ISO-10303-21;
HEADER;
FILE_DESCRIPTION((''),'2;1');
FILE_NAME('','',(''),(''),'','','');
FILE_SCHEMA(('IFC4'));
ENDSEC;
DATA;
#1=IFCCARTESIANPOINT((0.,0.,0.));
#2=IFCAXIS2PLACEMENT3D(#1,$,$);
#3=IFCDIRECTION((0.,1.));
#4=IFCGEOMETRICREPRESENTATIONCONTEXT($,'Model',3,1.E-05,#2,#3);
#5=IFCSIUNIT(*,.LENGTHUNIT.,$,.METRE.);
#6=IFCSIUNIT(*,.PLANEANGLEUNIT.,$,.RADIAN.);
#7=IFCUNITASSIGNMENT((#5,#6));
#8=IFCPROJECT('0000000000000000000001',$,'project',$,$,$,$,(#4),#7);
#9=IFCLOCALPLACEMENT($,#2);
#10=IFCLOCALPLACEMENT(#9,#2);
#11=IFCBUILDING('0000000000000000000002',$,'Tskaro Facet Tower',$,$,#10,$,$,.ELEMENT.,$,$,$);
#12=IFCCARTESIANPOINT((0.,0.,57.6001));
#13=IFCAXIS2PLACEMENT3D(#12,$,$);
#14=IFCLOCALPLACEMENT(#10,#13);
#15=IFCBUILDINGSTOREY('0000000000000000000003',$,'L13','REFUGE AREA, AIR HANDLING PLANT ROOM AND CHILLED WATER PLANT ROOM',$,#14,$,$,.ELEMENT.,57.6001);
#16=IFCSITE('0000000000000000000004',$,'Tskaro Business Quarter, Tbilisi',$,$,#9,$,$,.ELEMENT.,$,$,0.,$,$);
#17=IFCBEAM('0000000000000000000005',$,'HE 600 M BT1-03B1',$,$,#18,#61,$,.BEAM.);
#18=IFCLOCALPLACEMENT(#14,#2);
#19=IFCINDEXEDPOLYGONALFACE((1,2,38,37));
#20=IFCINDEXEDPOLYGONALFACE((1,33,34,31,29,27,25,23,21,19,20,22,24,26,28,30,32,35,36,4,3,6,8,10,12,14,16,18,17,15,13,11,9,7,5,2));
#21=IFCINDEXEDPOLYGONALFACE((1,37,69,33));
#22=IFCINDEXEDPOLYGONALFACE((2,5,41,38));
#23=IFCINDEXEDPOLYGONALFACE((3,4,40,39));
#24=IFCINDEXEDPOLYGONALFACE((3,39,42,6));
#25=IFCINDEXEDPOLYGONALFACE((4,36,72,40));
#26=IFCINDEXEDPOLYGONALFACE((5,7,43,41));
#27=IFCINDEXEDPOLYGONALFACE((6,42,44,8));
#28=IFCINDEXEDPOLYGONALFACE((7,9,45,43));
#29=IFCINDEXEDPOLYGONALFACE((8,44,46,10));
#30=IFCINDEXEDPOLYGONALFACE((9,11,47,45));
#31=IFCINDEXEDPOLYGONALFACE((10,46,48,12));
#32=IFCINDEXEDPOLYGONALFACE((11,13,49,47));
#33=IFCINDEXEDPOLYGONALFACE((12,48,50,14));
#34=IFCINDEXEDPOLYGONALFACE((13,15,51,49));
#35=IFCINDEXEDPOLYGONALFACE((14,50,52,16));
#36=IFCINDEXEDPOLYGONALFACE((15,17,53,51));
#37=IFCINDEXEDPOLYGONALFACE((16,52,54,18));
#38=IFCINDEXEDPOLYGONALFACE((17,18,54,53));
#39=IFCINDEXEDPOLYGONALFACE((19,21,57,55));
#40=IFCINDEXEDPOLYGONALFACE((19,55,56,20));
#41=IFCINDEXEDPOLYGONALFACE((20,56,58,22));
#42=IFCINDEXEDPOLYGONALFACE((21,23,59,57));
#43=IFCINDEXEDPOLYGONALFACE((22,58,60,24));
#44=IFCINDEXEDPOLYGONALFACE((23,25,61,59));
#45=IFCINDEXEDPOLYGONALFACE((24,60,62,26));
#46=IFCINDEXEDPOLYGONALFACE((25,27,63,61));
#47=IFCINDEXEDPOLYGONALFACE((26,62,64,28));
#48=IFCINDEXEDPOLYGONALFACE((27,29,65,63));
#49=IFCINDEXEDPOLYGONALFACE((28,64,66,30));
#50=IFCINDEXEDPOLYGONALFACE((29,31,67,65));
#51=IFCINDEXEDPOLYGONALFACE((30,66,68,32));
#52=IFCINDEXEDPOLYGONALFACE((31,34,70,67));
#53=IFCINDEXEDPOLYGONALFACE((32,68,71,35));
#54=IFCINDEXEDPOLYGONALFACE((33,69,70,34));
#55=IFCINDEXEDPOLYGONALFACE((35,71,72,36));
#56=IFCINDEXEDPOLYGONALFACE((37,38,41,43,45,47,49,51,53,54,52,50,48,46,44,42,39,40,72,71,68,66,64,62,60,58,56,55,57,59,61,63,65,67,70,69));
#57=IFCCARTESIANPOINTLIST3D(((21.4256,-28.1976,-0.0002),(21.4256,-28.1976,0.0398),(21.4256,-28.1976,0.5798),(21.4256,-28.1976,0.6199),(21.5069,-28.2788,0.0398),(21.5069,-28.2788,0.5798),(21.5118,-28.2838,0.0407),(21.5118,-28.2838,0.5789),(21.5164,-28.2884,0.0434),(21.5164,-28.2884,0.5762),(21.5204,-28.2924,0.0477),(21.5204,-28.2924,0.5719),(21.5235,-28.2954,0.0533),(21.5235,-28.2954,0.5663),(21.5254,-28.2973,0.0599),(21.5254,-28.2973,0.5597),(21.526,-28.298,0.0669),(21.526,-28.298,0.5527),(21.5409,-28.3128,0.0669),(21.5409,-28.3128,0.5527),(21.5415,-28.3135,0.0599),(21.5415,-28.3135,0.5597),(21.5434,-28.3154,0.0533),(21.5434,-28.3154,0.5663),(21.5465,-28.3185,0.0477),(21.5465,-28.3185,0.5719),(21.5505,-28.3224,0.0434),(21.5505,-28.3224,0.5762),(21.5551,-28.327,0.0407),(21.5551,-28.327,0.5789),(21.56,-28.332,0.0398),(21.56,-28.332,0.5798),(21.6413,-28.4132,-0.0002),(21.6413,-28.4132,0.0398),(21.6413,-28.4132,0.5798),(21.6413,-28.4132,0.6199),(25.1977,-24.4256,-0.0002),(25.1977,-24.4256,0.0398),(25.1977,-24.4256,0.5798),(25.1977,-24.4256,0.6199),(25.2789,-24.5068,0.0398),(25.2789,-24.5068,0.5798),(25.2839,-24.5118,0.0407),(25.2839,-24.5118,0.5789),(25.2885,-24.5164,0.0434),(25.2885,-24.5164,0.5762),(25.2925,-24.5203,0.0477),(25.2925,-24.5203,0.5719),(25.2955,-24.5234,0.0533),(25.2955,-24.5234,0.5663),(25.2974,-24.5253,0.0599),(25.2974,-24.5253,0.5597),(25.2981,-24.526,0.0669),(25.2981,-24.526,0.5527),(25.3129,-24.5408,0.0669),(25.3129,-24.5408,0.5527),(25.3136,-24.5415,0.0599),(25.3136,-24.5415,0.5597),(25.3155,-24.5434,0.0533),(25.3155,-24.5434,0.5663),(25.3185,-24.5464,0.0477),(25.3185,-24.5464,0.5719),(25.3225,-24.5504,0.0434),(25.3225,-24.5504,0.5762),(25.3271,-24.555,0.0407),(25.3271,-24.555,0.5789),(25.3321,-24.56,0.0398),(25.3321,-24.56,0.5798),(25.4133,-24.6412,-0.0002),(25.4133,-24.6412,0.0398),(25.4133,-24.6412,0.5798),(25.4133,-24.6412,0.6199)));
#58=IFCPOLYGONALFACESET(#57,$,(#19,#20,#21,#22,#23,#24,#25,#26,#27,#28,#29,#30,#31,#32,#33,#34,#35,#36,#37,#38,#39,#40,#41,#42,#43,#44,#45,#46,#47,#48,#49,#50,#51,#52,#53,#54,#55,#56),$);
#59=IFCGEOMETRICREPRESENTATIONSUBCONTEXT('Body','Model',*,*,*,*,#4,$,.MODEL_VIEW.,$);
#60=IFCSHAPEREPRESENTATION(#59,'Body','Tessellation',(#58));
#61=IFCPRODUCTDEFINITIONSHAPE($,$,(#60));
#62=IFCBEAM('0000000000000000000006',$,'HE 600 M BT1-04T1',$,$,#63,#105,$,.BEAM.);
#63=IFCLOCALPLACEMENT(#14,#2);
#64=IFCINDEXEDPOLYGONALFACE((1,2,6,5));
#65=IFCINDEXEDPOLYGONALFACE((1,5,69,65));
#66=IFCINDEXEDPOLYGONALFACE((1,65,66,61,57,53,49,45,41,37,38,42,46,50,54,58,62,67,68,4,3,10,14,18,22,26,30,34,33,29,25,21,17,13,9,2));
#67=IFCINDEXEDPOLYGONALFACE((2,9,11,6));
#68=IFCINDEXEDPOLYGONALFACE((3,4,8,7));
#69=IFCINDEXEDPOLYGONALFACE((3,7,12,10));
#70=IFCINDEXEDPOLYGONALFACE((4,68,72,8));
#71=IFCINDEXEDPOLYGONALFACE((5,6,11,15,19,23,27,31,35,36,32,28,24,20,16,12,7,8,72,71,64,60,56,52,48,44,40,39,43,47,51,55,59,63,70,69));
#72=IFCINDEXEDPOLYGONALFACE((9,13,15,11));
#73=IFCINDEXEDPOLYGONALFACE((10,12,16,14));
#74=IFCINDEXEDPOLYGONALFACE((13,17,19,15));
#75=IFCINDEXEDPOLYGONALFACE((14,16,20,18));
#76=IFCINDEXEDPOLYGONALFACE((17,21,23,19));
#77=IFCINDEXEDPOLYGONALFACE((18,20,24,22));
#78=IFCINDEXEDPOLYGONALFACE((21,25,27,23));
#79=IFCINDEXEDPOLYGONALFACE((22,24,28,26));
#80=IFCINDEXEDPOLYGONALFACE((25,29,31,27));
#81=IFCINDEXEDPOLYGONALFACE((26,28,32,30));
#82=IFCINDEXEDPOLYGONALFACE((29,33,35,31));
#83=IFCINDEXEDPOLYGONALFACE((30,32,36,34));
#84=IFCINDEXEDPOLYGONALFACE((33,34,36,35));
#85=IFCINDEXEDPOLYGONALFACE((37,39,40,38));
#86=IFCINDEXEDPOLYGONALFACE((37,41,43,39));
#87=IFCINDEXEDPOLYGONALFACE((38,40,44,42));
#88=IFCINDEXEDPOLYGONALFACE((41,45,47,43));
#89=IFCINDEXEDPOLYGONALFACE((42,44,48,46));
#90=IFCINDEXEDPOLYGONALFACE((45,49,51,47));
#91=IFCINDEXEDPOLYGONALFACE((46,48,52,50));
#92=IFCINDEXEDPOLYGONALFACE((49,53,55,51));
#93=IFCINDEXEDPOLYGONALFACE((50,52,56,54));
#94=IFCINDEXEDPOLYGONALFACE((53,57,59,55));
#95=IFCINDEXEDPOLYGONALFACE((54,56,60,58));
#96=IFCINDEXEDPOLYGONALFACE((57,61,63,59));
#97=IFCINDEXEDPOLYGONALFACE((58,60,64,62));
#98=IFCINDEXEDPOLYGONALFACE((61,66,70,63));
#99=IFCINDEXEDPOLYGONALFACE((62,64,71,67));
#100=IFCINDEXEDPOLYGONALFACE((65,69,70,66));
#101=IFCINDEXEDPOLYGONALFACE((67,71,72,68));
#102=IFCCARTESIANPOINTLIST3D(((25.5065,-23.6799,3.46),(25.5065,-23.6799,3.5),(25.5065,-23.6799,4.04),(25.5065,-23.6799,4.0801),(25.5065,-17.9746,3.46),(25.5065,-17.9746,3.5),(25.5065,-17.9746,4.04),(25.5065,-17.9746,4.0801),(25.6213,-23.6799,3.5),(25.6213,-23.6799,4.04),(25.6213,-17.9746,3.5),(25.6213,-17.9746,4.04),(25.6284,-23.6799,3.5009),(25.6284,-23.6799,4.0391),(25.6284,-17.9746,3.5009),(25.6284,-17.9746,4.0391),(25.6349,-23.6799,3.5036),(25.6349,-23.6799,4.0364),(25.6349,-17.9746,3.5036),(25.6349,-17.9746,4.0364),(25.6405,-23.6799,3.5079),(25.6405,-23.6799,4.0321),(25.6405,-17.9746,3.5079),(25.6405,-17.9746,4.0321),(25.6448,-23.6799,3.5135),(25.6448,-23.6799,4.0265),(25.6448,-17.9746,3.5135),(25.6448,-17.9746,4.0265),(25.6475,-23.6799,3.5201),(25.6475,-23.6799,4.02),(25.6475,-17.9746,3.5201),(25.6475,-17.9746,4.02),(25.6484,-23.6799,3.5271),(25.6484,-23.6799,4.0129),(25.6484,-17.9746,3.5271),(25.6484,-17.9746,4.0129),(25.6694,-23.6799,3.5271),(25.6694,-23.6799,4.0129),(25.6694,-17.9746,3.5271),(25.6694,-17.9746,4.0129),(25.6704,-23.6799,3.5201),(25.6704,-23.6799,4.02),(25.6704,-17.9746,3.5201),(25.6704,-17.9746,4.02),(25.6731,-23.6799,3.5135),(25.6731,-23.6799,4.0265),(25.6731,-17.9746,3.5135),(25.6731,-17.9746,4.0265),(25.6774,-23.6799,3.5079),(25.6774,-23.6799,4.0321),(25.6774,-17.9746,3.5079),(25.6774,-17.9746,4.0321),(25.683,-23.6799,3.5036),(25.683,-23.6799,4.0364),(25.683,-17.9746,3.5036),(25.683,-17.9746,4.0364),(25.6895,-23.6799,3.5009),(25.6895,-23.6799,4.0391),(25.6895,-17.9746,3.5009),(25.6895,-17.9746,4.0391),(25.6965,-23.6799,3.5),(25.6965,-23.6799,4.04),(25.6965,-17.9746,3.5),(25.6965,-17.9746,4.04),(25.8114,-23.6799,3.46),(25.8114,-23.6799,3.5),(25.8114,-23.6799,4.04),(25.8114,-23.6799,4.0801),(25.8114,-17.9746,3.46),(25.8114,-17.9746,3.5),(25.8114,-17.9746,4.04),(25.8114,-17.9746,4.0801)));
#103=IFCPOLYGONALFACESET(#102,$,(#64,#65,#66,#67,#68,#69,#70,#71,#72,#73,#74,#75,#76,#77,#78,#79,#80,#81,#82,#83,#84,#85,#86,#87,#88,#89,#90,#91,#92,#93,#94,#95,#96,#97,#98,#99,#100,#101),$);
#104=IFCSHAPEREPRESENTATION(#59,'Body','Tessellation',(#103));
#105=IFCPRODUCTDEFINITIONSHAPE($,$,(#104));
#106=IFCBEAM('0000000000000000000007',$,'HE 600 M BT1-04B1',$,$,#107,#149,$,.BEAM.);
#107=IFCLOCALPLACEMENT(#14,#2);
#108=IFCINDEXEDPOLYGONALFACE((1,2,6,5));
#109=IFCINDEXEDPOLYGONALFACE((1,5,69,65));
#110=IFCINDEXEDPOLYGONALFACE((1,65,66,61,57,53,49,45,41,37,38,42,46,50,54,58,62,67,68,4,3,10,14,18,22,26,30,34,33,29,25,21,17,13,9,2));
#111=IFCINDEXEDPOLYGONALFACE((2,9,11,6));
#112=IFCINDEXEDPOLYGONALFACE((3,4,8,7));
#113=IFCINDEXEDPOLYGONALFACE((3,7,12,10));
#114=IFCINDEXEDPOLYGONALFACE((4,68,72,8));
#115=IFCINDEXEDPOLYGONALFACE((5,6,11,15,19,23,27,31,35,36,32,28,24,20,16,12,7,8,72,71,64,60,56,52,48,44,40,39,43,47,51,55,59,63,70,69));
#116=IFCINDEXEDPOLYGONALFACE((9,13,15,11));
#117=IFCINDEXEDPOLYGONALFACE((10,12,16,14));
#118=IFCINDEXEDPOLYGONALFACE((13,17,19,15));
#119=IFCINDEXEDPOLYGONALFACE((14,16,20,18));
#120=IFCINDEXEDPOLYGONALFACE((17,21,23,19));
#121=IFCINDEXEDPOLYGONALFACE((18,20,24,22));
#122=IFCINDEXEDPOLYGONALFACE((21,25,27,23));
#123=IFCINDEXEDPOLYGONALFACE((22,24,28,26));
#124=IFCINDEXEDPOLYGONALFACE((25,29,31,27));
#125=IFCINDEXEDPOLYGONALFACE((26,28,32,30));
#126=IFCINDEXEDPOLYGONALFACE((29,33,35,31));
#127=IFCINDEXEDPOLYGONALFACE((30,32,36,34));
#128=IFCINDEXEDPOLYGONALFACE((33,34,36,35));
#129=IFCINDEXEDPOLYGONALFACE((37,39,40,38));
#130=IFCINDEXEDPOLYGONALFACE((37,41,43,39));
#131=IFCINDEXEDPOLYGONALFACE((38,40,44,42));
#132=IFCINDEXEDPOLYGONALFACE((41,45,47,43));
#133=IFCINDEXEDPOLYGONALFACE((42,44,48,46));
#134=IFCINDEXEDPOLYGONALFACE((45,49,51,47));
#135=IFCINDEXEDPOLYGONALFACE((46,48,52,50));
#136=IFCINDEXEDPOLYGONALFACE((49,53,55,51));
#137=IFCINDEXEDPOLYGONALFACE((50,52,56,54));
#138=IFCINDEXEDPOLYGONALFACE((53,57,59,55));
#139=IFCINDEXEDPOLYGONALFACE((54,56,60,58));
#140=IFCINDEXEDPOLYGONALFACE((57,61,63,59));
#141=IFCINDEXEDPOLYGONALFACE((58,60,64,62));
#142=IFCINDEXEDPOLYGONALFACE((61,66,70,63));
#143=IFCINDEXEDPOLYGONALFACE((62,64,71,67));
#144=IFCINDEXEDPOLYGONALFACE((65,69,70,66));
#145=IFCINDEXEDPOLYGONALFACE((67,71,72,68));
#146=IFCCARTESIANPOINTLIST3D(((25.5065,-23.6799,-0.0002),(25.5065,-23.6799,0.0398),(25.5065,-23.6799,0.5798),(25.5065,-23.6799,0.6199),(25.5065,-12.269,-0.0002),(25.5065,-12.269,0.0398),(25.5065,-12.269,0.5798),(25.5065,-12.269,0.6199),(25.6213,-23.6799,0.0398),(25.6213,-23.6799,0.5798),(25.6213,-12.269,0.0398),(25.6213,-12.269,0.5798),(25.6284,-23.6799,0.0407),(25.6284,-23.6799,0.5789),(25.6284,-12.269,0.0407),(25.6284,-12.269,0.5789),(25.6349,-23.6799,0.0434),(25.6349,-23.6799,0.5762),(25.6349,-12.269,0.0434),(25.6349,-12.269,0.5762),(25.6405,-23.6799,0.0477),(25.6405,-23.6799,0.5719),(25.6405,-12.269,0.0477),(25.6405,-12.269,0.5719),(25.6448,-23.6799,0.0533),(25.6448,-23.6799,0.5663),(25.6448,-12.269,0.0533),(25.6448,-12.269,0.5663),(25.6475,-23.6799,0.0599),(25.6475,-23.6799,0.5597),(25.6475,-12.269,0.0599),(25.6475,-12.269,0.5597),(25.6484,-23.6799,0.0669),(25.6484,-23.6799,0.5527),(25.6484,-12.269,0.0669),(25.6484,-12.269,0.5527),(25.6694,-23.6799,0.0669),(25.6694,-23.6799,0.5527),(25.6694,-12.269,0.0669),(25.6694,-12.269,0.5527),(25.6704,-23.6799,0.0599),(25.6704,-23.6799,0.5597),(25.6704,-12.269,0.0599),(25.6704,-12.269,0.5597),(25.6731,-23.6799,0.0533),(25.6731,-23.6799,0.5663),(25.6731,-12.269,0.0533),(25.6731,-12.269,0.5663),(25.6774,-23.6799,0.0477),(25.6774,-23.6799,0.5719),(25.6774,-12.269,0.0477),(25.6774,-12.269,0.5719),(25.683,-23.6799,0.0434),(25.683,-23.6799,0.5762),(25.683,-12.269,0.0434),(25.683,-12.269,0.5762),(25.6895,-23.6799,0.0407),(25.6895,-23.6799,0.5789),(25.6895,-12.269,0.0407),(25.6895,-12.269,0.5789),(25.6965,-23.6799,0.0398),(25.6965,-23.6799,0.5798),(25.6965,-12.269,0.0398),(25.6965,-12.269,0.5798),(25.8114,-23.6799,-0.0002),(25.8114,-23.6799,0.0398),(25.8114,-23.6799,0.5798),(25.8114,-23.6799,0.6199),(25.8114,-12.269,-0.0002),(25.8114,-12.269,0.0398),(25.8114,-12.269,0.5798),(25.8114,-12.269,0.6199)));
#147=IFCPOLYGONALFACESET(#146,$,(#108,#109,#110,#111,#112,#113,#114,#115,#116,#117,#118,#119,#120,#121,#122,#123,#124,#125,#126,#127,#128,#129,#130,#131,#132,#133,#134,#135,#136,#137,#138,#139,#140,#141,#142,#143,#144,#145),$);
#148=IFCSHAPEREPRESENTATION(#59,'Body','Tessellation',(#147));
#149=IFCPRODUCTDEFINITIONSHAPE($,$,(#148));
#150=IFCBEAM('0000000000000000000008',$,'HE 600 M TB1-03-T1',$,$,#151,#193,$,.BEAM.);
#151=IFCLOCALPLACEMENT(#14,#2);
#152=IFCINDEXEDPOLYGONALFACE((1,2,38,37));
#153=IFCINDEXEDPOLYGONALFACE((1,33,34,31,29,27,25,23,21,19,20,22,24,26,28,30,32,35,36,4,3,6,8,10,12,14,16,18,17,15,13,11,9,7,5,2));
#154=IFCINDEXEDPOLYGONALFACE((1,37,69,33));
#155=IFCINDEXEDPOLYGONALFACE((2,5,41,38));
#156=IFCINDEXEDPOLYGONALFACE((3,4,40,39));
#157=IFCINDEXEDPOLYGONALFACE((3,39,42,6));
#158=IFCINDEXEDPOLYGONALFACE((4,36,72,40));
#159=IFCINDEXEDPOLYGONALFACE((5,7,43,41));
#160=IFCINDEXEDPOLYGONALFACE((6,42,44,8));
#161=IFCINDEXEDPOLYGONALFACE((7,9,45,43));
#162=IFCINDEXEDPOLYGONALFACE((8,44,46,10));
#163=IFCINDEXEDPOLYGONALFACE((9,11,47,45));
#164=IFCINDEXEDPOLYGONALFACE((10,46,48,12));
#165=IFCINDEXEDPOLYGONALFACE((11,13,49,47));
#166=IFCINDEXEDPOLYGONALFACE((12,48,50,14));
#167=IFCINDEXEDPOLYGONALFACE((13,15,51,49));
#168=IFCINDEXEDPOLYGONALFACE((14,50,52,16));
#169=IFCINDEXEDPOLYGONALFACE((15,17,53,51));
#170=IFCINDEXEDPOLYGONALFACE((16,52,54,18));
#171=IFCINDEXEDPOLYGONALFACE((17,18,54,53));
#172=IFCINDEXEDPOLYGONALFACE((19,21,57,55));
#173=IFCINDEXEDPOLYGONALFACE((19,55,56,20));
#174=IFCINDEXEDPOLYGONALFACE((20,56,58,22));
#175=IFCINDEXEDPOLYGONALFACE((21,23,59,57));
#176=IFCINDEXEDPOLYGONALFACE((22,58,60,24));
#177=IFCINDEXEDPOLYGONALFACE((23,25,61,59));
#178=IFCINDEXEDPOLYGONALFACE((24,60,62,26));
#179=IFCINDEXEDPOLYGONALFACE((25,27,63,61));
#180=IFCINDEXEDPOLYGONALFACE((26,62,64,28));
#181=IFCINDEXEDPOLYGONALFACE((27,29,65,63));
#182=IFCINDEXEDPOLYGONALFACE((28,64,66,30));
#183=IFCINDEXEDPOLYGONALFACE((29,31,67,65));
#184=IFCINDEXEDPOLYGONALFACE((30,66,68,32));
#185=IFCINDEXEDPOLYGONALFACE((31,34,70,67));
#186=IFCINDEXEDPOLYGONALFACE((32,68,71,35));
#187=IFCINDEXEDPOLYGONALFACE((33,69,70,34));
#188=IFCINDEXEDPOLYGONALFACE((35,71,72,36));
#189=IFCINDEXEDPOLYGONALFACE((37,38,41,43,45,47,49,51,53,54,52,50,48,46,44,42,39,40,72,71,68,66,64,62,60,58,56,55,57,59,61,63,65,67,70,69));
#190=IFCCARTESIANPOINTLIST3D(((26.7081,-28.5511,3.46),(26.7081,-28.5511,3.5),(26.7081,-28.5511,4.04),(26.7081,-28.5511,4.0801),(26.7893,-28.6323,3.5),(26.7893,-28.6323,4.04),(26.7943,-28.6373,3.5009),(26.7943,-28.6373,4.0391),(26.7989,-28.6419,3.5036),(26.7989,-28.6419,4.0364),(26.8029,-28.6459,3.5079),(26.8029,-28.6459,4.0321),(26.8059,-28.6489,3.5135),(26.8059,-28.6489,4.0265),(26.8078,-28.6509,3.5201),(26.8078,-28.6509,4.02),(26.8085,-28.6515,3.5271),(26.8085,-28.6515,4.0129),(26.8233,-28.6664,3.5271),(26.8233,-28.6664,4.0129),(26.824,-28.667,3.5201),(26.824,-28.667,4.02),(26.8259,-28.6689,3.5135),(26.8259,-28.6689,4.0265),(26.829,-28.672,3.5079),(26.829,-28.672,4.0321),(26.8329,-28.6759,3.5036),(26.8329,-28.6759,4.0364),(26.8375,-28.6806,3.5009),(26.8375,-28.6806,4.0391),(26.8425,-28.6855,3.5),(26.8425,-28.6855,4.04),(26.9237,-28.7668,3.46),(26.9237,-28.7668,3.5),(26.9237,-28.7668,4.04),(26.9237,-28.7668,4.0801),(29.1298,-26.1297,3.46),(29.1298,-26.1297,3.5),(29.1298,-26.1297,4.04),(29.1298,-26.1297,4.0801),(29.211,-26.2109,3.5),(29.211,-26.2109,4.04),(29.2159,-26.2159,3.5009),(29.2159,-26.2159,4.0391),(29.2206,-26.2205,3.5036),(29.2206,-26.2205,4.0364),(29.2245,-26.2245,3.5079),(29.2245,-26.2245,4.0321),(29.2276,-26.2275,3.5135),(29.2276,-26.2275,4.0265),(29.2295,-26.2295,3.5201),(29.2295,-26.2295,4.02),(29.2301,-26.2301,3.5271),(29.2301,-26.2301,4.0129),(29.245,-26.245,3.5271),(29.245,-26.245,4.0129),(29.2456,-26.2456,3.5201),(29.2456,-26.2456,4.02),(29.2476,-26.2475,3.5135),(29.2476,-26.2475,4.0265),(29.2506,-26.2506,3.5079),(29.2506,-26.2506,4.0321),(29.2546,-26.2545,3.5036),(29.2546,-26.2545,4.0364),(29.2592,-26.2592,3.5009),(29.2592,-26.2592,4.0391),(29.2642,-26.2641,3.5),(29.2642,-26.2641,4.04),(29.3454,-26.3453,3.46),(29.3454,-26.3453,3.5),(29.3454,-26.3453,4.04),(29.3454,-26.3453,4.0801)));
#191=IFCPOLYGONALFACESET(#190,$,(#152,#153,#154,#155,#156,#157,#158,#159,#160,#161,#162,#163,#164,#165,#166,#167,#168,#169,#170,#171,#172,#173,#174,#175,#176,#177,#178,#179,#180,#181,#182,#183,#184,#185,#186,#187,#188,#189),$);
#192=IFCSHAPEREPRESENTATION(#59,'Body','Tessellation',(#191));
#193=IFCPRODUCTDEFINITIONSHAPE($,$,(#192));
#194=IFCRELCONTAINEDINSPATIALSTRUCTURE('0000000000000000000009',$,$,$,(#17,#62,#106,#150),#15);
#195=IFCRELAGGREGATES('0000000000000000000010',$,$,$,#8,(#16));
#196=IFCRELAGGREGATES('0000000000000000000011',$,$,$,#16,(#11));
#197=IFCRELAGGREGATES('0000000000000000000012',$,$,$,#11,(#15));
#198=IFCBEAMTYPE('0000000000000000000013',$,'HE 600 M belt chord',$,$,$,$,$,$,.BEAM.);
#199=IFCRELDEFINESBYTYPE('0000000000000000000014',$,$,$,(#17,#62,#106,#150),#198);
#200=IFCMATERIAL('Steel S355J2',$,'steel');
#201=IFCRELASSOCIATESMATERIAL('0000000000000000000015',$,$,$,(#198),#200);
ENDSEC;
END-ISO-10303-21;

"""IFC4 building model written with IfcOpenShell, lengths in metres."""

from ifc_helpers import new_model, si_unit, direction, frame, origin, origin_2d, place, context, subcontext, project, spatial, i_section, extrude, material, material_profile, profile_set, type_object, element, save


model = new_model("IFC4")

# Units and contexts
model_context = context("Model", 3, precision=1e-05, world=origin(), true_north=direction((0.0, 1.0)))
body_context = subcontext(model_context, "Body", "Model", "MODEL_VIEW")
ifc_project = project(units=[si_unit("LENGTHUNIT", "METRE"), si_unit("PLANEANGLEUNIT", "RADIAN")], contexts=[model_context])

# Site, building, storey
site_placement = place(None, origin())
site = spatial("IfcSite", under=ifc_project, at=site_placement, Name="Tskaro Business Quarter, Tbilisi", CompositionType="ELEMENT", RefElevation=0.0)
building_placement = place(site_placement, origin())
building = spatial("IfcBuilding", under=site, at=building_placement, Name="Tskaro Facet Tower", CompositionType="ELEMENT")
storey_placement = place(building_placement, frame((0.0, 0.0, 57.6001)))
storey = spatial("IfcBuildingStorey", under=building, at=storey_placement, Name="L13", Description="REFUGE AREA, AIR HANDLING PLANT ROOM AND CHILLED WATER PLANT ROOM", CompositionType="ELEMENT", Elevation=57.6001)

# Shared definitions
ifc_material_1 = material(Name="Steel S355J2", Category="steel")

# Beams
ifc_material_profile_1 = material_profile(ifc_material_1, i_section(OverallWidth=0.3049, OverallDepth=0.6201, WebThickness=0.021, FlangeThickness=0.04, FilletRadius=0.0271, at=origin_2d()), Name="HE 600 M")
ifc_profile_set_1 = profile_set([ifc_material_profile_1], Name="Steel S355J2")
beam_type_1 = type_object("IfcBeamType", Name="HE 600 M belt chord", PredefinedType="BEAM", material=ifc_profile_set_1)
beam_1_placement = place(storey_placement, frame((21.5334, -28.3054, 0.3098), z_axis=(0.707107, 0.707107, 0.0), x_axis=(-0.707107, 0.707107, 0.0)))
element("IfcBeam", 1, at=beam_1_placement, inside=storey, type_object=beam_type_1, Name="HE 600 M BT1-03B1", PredefinedType="BEAM", context=body_context, shape_type="SweptSolid", body=[
    extrude(i_section(OverallWidth=0.3049, OverallDepth=0.6201, WebThickness=0.021, FlangeThickness=0.04, FilletRadius=0.0271, at=origin_2d()), origin(), (0.0, 0.0, 1.0), 5.3345),
])
beam_2_placement = place(storey_placement, frame((25.6589, -23.6799, 3.77), z_axis=(0.0, 1.0, 0.0), x_axis=(-1.0, 0.0, 0.0)))
element("IfcBeam", 2, at=beam_2_placement, inside=storey, type_object=beam_type_1, Name="HE 600 M BT1-04T1", PredefinedType="BEAM", context=body_context, shape_type="SweptSolid", body=[
    extrude(i_section(OverallWidth=0.3049, OverallDepth=0.6201, WebThickness=0.021, FlangeThickness=0.04, FilletRadius=0.0271, at=origin_2d()), origin(), (0.0, 0.0, 1.0), 5.7053),
])
beam_3_placement = place(storey_placement, frame((25.6589, -23.6799, 0.3098), z_axis=(0.0, 1.0, 0.0), x_axis=(-1.0, 0.0, 0.0)))
element("IfcBeam", 3, at=beam_3_placement, inside=storey, type_object=beam_type_1, Name="HE 600 M BT1-04B1", PredefinedType="BEAM", context=body_context, shape_type="SweptSolid", body=[
    extrude(i_section(OverallWidth=0.3049, OverallDepth=0.6201, WebThickness=0.021, FlangeThickness=0.04, FilletRadius=0.0271, at=origin_2d()), origin(), (0.0, 0.0, 1.0), 11.4109),
])
for number, where, z_axis, x_axis, name in (
    (4, (26.8159, -28.6589, 3.77), (0.707142, 0.707071, 0.0), (-0.707071, 0.707142, 0.0), "HE 600 M TB1-03-T1"),
):
    element("IfcBeam", number, at=place(storey_placement, frame(where, z_axis=z_axis, x_axis=x_axis)), inside=storey, type_object=beam_type_1, Name=name, PredefinedType="BEAM", context=body_context, shape_type="SweptSolid", body=[
        extrude(i_section(OverallWidth=0.3049, OverallDepth=0.6201, WebThickness=0.021, FlangeThickness=0.04, FilletRadius=0.0271, at=origin_2d()), origin(), (0.0, 0.0, 1.0), 3.4246),
    ])

save(model, "model.ifc")
